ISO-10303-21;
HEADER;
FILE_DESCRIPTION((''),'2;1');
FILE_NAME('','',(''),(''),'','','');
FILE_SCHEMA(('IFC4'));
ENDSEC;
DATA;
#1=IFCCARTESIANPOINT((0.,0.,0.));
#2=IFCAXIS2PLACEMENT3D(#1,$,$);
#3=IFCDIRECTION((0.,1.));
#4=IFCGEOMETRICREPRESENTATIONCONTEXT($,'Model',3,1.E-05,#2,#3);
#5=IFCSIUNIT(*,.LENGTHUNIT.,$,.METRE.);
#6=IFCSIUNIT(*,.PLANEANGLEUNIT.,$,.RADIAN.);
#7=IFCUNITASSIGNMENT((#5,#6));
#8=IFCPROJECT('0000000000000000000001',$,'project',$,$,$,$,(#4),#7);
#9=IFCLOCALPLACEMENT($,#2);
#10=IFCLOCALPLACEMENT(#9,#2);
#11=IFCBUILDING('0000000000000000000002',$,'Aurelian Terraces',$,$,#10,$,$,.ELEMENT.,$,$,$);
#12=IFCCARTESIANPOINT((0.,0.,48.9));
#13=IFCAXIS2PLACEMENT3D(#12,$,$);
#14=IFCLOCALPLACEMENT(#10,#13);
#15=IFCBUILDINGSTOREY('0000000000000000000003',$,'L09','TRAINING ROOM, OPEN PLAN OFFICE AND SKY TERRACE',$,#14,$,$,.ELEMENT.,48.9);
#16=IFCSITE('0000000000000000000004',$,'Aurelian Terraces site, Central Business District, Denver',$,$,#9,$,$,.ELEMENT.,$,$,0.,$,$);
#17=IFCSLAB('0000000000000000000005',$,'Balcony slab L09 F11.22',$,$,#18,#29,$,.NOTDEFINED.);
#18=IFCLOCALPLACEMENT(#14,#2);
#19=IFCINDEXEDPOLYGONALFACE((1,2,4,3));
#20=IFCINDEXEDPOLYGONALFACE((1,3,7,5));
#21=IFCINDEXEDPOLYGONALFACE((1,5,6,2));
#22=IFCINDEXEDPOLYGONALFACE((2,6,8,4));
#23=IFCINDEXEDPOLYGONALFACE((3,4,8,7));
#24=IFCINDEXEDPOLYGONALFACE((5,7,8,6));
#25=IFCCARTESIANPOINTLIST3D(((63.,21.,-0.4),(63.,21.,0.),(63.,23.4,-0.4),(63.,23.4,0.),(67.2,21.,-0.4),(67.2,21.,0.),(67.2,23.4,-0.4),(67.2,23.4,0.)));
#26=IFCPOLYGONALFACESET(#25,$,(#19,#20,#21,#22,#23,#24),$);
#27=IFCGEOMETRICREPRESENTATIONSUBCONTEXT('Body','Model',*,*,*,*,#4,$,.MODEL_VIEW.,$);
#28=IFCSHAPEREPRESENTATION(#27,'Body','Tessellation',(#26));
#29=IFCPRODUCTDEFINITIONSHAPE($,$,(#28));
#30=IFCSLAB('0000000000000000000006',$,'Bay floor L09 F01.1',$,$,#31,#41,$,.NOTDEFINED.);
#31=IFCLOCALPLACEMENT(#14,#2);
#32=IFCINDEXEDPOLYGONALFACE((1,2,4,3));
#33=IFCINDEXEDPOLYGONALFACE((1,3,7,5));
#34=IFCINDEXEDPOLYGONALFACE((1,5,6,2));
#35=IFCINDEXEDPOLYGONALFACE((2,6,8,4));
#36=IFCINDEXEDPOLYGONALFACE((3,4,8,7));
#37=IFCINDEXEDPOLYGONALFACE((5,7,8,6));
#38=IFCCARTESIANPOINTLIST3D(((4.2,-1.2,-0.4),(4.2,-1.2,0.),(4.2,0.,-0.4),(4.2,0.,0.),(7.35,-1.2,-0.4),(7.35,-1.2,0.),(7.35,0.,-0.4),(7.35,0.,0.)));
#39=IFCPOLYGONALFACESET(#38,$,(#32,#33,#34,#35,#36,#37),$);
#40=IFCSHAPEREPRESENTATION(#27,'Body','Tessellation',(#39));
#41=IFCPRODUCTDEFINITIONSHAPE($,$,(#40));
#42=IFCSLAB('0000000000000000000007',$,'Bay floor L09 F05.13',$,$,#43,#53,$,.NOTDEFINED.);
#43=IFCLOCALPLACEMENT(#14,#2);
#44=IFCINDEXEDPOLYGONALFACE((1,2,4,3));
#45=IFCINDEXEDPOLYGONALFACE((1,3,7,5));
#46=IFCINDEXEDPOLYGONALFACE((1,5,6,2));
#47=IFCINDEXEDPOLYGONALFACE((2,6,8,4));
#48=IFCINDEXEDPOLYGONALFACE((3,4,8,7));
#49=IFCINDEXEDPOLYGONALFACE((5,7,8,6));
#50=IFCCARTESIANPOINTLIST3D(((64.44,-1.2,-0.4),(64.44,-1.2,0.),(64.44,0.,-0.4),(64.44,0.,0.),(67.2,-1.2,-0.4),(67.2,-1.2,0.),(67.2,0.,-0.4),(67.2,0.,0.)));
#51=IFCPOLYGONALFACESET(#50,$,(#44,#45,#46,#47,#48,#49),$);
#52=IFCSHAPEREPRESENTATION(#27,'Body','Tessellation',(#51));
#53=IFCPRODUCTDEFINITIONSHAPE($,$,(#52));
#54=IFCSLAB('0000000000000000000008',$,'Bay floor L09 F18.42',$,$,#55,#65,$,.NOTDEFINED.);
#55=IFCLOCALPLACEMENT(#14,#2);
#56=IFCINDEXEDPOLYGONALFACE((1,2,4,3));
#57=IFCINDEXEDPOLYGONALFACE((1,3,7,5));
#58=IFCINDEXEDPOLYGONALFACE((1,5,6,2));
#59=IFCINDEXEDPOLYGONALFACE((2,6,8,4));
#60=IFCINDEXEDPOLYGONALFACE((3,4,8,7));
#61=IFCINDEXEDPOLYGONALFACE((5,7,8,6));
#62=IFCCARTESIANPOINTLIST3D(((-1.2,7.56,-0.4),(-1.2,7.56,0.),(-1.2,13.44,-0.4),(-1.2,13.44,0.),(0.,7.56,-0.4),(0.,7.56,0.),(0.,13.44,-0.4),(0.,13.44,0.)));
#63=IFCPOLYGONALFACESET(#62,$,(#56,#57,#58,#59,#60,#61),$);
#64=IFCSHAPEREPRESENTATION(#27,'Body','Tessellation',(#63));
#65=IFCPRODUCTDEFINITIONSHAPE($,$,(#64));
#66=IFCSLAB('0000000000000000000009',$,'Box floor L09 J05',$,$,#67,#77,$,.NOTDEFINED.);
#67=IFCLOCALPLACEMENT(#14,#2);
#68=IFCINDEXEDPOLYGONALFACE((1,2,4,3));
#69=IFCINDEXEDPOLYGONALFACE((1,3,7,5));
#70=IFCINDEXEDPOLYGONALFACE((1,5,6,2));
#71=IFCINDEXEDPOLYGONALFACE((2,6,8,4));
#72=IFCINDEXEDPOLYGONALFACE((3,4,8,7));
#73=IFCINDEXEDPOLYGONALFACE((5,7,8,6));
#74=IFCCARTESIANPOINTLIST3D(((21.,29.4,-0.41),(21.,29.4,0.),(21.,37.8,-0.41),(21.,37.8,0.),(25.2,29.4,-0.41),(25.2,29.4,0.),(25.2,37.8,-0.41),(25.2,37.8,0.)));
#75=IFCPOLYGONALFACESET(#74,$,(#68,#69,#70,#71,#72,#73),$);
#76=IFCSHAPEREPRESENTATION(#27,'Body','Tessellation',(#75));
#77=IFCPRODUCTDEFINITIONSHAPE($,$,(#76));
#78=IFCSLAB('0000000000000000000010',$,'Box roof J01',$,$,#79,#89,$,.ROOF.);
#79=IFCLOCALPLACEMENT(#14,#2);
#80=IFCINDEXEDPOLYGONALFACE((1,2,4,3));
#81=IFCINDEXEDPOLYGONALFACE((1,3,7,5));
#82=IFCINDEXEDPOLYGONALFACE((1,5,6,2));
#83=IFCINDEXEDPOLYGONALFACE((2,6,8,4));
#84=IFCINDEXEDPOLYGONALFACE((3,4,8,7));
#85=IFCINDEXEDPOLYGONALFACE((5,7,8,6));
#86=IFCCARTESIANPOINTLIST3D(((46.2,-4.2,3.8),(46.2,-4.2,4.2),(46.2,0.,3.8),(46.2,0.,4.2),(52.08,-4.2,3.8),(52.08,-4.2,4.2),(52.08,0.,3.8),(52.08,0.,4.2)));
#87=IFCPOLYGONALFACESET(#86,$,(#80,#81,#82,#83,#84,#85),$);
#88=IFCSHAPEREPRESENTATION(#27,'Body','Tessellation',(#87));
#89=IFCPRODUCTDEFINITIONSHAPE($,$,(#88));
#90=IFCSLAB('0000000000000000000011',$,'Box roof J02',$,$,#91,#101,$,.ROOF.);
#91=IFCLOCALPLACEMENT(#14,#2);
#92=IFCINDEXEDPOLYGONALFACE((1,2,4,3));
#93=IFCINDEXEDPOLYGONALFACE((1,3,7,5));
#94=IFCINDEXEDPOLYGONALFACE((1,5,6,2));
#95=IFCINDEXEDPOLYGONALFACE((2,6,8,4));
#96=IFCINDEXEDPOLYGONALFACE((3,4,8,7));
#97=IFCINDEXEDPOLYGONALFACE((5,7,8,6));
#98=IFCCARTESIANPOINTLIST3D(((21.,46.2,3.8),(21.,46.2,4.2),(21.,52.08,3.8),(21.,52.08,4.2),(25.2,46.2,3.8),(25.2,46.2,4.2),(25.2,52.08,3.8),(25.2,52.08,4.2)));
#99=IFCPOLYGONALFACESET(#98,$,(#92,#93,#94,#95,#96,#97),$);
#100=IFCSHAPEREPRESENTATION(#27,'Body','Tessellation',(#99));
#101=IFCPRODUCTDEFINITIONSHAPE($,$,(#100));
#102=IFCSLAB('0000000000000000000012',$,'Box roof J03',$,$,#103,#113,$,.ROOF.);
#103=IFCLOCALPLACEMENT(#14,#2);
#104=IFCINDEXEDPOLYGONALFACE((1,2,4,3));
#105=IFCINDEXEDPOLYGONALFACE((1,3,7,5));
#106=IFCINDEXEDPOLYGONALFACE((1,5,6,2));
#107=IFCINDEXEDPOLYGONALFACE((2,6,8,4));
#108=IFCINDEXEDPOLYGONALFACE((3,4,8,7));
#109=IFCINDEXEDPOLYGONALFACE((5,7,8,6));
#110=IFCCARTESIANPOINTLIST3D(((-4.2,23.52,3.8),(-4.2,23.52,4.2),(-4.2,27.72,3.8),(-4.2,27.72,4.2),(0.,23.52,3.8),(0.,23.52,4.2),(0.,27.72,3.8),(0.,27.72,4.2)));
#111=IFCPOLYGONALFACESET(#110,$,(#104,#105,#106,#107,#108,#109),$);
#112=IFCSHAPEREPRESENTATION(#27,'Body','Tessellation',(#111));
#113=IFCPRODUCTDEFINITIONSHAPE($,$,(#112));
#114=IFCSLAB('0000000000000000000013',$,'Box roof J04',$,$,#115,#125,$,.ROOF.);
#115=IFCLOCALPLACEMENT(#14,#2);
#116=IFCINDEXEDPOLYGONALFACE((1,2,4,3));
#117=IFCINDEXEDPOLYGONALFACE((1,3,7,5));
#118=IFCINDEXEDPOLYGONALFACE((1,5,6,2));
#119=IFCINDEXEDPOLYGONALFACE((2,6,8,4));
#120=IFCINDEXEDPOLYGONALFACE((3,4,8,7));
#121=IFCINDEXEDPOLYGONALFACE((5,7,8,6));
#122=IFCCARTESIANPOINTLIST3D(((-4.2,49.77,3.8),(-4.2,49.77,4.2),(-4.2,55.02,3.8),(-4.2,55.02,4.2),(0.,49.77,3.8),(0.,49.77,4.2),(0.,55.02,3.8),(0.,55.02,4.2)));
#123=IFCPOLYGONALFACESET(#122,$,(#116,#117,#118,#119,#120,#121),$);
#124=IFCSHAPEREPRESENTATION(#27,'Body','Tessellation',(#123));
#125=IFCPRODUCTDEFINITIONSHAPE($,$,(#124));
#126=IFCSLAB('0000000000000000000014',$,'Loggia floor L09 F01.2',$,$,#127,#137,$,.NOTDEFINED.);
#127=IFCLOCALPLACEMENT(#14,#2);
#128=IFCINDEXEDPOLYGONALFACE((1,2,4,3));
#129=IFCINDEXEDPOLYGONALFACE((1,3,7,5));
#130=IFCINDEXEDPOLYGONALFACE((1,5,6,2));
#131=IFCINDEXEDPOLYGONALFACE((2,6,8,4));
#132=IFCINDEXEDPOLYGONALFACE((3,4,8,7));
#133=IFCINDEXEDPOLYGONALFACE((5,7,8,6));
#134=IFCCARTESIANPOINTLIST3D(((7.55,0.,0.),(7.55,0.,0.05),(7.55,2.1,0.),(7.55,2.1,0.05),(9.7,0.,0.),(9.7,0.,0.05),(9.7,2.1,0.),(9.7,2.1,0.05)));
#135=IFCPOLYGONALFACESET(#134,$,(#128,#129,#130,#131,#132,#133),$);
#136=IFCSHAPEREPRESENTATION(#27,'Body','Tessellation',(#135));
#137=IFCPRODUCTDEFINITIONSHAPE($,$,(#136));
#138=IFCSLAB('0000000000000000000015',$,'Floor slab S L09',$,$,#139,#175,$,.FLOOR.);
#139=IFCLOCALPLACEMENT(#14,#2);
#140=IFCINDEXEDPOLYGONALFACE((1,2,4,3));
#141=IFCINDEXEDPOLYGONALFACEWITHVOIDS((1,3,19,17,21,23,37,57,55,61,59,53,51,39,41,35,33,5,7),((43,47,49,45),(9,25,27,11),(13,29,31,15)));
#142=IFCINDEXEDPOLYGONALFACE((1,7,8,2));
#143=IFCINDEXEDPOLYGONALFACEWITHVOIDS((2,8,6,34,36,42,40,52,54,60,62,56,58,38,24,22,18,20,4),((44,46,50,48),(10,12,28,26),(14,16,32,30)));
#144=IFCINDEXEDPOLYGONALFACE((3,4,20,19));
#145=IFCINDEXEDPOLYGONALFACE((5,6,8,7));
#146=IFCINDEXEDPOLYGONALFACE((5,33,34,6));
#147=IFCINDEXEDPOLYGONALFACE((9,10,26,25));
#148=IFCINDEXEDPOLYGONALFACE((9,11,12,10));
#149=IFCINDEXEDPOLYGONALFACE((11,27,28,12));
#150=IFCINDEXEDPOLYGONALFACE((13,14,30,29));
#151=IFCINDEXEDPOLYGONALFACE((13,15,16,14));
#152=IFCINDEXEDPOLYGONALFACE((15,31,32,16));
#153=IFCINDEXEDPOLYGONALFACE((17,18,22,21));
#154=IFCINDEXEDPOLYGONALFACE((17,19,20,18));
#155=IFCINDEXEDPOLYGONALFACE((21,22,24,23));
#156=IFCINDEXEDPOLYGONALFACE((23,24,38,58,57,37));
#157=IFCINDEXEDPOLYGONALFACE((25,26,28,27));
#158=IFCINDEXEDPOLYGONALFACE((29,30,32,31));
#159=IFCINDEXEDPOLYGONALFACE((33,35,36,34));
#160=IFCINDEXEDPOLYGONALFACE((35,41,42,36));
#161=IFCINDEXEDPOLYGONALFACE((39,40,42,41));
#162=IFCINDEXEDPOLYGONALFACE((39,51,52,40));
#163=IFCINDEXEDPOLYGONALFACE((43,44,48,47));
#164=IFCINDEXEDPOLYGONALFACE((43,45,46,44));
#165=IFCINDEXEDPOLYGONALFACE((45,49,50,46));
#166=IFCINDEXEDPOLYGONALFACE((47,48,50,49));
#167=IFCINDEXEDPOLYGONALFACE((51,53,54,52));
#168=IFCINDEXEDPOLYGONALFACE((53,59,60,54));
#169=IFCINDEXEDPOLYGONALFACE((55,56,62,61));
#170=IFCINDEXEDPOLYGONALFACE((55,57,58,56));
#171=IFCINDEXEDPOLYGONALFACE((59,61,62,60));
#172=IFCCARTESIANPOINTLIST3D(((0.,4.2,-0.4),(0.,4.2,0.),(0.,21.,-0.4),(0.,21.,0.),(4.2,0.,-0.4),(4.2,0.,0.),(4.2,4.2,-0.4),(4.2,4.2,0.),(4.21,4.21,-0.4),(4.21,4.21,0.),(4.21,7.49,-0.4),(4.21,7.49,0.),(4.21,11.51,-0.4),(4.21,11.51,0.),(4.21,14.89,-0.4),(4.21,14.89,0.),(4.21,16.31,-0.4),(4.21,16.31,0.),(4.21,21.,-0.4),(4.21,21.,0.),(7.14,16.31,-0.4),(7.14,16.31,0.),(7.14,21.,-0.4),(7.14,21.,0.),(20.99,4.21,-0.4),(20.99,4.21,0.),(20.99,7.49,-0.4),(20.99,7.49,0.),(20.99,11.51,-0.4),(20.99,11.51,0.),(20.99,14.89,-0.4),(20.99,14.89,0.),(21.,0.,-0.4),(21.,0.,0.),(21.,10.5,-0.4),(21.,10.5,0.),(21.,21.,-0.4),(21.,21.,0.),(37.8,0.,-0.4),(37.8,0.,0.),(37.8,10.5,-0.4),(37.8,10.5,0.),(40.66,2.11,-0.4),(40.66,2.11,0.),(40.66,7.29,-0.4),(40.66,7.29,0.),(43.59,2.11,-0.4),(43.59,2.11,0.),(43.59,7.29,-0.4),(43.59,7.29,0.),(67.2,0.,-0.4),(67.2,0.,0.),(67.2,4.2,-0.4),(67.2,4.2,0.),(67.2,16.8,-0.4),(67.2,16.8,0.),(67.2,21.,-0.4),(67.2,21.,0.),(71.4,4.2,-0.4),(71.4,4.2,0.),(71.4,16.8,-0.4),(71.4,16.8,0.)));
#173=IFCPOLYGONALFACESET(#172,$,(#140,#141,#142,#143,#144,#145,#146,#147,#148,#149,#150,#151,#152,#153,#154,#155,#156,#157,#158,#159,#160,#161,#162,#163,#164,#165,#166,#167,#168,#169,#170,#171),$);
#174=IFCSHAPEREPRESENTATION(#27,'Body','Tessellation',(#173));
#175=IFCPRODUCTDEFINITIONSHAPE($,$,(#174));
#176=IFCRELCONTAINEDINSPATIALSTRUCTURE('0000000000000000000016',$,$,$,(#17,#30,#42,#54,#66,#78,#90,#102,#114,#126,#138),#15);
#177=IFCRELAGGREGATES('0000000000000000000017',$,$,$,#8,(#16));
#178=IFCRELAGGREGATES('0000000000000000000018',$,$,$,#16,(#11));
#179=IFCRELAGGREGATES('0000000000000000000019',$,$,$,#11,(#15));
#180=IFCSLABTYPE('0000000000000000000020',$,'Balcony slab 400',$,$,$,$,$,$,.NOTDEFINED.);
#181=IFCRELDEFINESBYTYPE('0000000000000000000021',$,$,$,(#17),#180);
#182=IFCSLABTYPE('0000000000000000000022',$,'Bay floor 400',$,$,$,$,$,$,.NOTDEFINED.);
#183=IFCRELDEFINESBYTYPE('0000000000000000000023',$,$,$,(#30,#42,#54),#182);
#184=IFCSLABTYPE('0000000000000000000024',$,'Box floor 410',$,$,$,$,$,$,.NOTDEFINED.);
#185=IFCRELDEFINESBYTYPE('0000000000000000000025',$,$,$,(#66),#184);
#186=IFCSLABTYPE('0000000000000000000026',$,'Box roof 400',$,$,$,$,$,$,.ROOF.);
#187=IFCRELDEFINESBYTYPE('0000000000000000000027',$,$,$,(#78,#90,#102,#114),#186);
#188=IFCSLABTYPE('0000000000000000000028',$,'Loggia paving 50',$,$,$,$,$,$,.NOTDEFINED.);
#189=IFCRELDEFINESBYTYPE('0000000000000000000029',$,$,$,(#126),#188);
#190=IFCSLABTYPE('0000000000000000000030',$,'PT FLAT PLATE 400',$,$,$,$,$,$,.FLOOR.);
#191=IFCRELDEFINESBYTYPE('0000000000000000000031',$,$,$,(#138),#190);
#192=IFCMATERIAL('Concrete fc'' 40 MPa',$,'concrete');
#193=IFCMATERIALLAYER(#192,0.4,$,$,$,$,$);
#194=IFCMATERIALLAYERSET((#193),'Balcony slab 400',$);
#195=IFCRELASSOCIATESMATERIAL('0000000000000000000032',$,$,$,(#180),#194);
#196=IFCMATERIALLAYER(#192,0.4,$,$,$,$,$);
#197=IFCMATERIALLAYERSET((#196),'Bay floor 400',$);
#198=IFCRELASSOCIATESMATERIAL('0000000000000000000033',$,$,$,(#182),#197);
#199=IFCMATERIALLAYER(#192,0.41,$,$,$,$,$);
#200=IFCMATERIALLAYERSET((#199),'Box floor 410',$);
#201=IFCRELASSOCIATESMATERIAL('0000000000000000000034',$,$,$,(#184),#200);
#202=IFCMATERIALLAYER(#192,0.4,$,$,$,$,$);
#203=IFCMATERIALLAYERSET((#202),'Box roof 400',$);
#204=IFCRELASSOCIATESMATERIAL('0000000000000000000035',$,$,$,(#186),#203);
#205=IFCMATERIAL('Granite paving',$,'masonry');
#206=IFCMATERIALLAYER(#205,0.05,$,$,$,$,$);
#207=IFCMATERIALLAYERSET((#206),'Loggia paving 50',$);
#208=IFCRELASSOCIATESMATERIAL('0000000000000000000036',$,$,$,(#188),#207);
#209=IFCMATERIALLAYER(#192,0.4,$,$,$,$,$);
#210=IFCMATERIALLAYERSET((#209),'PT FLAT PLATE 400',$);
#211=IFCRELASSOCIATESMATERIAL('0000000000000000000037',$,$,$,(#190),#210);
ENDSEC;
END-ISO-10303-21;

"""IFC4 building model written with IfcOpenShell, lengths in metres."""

from ifc_helpers import new_model, si_unit, direction, frame, origin, place, context, subcontext, project, spatial, polyline, outline, extrude, material, layer, layer_set, type_object, element, save


model = new_model("IFC4")

# Units and contexts
model_context = context("Model", 3, precision=1e-05, world=origin(), true_north=direction((0.0, 1.0)))
body_context = subcontext(model_context, "Body", "Model", "MODEL_VIEW")
ifc_project = project(units=[si_unit("LENGTHUNIT", "METRE"), si_unit("PLANEANGLEUNIT", "RADIAN")], contexts=[model_context])

# Site, building, storey
site_placement = place(None, origin())
site = spatial("IfcSite", under=ifc_project, at=site_placement, Name="Aurelian Terraces site, Central Business District, Denver", CompositionType="ELEMENT", RefElevation=0.0)
building_placement = place(site_placement, origin())
building = spatial("IfcBuilding", under=site, at=building_placement, Name="Aurelian Terraces", CompositionType="ELEMENT")
storey_placement = place(building_placement, frame((0.0, 0.0, 48.9)))
storey = spatial("IfcBuildingStorey", under=building, at=storey_placement, Name="L09", Description="TRAINING ROOM, OPEN PLAN OFFICE AND SKY TERRACE", CompositionType="ELEMENT", Elevation=48.9)

# Slabs
ifc_material_1 = material(Name="Concrete fc' 40 MPa", Category="concrete")
ifc_layer_1 = layer(ifc_material_1, 0.4)
ifc_layer_set_1 = layer_set([ifc_layer_1], Name="Balcony slab 400")
slab_type_1 = type_object("IfcSlabType", Name="Balcony slab 400", PredefinedType="NOTDEFINED", material=ifc_layer_set_1)
slab_1_placement = place(storey_placement, frame((0.0, 0.0, -0.4)))
element("IfcSlab", 1, at=slab_1_placement, inside=storey, type_object=slab_type_1, Name="Balcony slab L09 F11.22", PredefinedType="NOTDEFINED", context=body_context, shape_type="SweptSolid", body=[
    extrude(outline(polyline([(67.2, 21.0), (63.0, 21.0), (63.0, 23.4), (67.2, 23.4), (67.2, 21.0)])), origin(), (0.0, 0.0, 1.0), 0.4),
])
ifc_layer_2 = layer(ifc_material_1, 0.4)
ifc_layer_set_2 = layer_set([ifc_layer_2], Name="Bay floor 400")
slab_type_2 = type_object("IfcSlabType", Name="Bay floor 400", PredefinedType="NOTDEFINED", material=ifc_layer_set_2)
slab_2_placement = place(storey_placement, frame((0.0, 0.0, -0.4)))
element("IfcSlab", 2, at=slab_2_placement, inside=storey, type_object=slab_type_2, Name="Bay floor L09 F01.1", PredefinedType="NOTDEFINED", context=body_context, shape_type="SweptSolid", body=[
    extrude(outline(polyline([(4.2, 0.0), (7.35, 0.0), (7.35, -1.2), (4.2, -1.2), (4.2, 0.0)])), origin(), (0.0, 0.0, 1.0), 0.4),
])
slab_3_placement = place(storey_placement, frame((0.0, 0.0, -0.4)))
element("IfcSlab", 3, at=slab_3_placement, inside=storey, type_object=slab_type_2, Name="Bay floor L09 F05.13", PredefinedType="NOTDEFINED", context=body_context, shape_type="SweptSolid", body=[
    extrude(outline(polyline([(64.44, 0.0), (67.2, 0.0), (67.2, -1.2), (64.44, -1.2), (64.44, 0.0)])), origin(), (0.0, 0.0, 1.0), 0.4),
])
slab_4_placement = place(storey_placement, frame((0.0, 0.0, -0.4)))
element("IfcSlab", 4, at=slab_4_placement, inside=storey, type_object=slab_type_2, Name="Bay floor L09 F18.42", PredefinedType="NOTDEFINED", context=body_context, shape_type="SweptSolid", body=[
    extrude(outline(polyline([(0.0, 13.44), (0.0, 7.56), (-1.2, 7.56), (-1.2, 13.44), (0.0, 13.44)])), origin(), (0.0, 0.0, 1.0), 0.4),
])
ifc_layer_3 = layer(ifc_material_1, 0.41)
ifc_layer_set_3 = layer_set([ifc_layer_3], Name="Box floor 410")
slab_type_3 = type_object("IfcSlabType", Name="Box floor 410", PredefinedType="NOTDEFINED", material=ifc_layer_set_3)
slab_5_placement = place(storey_placement, frame((0.0, 0.0, -0.41)))
element("IfcSlab", 5, at=slab_5_placement, inside=storey, type_object=slab_type_3, Name="Box floor L09 J05", PredefinedType="NOTDEFINED", context=body_context, shape_type="SweptSolid", body=[
    extrude(outline(polyline([(25.2, 29.4), (25.2, 37.8), (21.0, 37.8), (21.0, 29.4), (25.2, 29.4)])), origin(), (0.0, 0.0, 1.0), 0.41),
])
ifc_layer_4 = layer(ifc_material_1, 0.4)
ifc_layer_set_4 = layer_set([ifc_layer_4], Name="Box roof 400")
slab_type_4 = type_object("IfcSlabType", Name="Box roof 400", PredefinedType="ROOF", material=ifc_layer_set_4)
slab_6_placement = place(storey_placement, frame((0.0, 0.0, 3.8)))
element("IfcSlab", 6, at=slab_6_placement, inside=storey, type_object=slab_type_4, Name="Box roof J01", PredefinedType="ROOF", context=body_context, shape_type="SweptSolid", body=[
    extrude(outline(polyline([(46.2, -4.2), (52.08, -4.2), (52.08, 0.0), (46.2, 0.0), (46.2, -4.2)])), origin(), (0.0, 0.0, 1.0), 0.4),
])
slab_7_placement = place(storey_placement, frame((0.0, 0.0, 3.8)))
element("IfcSlab", 7, at=slab_7_placement, inside=storey, type_object=slab_type_4, Name="Box roof J02", PredefinedType="ROOF", context=body_context, shape_type="SweptSolid", body=[
    extrude(outline(polyline([(25.2, 46.2), (25.2, 52.08), (21.0, 52.08), (21.0, 46.2), (25.2, 46.2)])), origin(), (0.0, 0.0, 1.0), 0.4),
])
slab_8_placement = place(storey_placement, frame((0.0, 0.0, 3.8)))
element("IfcSlab", 8, at=slab_8_placement, inside=storey, type_object=slab_type_4, Name="Box roof J03", PredefinedType="ROOF", context=body_context, shape_type="SweptSolid", body=[
    extrude(outline(polyline([(-4.2, 27.72), (-4.2, 23.52), (0.0, 23.52), (0.0, 27.72), (-4.2, 27.72)])), origin(), (0.0, 0.0, 1.0), 0.4),
])
slab_9_placement = place(storey_placement, frame((0.0, 0.0, 3.8)))
element("IfcSlab", 9, at=slab_9_placement, inside=storey, type_object=slab_type_4, Name="Box roof J04", PredefinedType="ROOF", context=body_context, shape_type="SweptSolid", body=[
    extrude(outline(polyline([(-4.2, 55.02), (-4.2, 49.77), (0.0, 49.77), (0.0, 55.02), (-4.2, 55.02)])), origin(), (0.0, 0.0, 1.0), 0.4),
])
ifc_material_2 = material(Name="Granite paving", Category="masonry")
ifc_layer_5 = layer(ifc_material_2, 0.05)
ifc_layer_set_5 = layer_set([ifc_layer_5], Name="Loggia paving 50")
slab_type_5 = type_object("IfcSlabType", Name="Loggia paving 50", PredefinedType="NOTDEFINED", material=ifc_layer_set_5)
slab_10_placement = place(storey_placement, origin())
element("IfcSlab", 10, at=slab_10_placement, inside=storey, type_object=slab_type_5, Name="Loggia floor L09 F01.2", PredefinedType="NOTDEFINED", context=body_context, shape_type="SweptSolid", body=[
    extrude(outline(polyline([(7.55, 0.0), (9.7, 0.0), (9.7, 2.1), (7.55, 2.1), (7.55, 0.0)])), origin(), (0.0, 0.0, 1.0), 0.05),
])
ifc_layer_6 = layer(ifc_material_1, 0.4)
ifc_layer_set_6 = layer_set([ifc_layer_6], Name="PT FLAT PLATE 400")
slab_type_6 = type_object("IfcSlabType", Name="PT FLAT PLATE 400", PredefinedType="FLOOR", material=ifc_layer_set_6)
slab_11_placement = place(storey_placement, frame((0.0, 0.0, -0.4)))
element("IfcSlab", 11, at=slab_11_placement, inside=storey, type_object=slab_type_6, Name="Floor slab S L09", PredefinedType="FLOOR", context=body_context, shape_type="SweptSolid", body=[
    extrude(outline(polyline([(71.4, 16.8), (71.4, 4.2), (67.2, 4.2), (67.2, 0.0), (37.8, 0.0), (37.8, 10.5), (21.0, 10.5), (21.0, 0.0), (4.2, 0.0), (4.2, 4.2), (0.0, 4.2), (0.0, 21.0), (4.21, 21.0), (4.21, 16.31), (7.14, 16.31), (7.14, 21.0), (21.0, 21.0), (67.2, 21.0), (67.2, 16.8), (71.4, 16.8)]), holes=[polyline([(40.66, 2.11), (43.59, 2.11), (43.59, 7.29), (40.66, 7.29), (40.66, 2.11)]), polyline([(4.21, 7.49), (4.21, 4.21), (20.99, 4.21), (20.99, 7.49), (4.21, 7.49)]), polyline([(4.21, 14.89), (4.21, 11.51), (20.99, 11.51), (20.99, 14.89), (4.21, 14.89)])]), origin(), (0.0, 0.0, 1.0), 0.4),
])

save(model, "model.ifc")
